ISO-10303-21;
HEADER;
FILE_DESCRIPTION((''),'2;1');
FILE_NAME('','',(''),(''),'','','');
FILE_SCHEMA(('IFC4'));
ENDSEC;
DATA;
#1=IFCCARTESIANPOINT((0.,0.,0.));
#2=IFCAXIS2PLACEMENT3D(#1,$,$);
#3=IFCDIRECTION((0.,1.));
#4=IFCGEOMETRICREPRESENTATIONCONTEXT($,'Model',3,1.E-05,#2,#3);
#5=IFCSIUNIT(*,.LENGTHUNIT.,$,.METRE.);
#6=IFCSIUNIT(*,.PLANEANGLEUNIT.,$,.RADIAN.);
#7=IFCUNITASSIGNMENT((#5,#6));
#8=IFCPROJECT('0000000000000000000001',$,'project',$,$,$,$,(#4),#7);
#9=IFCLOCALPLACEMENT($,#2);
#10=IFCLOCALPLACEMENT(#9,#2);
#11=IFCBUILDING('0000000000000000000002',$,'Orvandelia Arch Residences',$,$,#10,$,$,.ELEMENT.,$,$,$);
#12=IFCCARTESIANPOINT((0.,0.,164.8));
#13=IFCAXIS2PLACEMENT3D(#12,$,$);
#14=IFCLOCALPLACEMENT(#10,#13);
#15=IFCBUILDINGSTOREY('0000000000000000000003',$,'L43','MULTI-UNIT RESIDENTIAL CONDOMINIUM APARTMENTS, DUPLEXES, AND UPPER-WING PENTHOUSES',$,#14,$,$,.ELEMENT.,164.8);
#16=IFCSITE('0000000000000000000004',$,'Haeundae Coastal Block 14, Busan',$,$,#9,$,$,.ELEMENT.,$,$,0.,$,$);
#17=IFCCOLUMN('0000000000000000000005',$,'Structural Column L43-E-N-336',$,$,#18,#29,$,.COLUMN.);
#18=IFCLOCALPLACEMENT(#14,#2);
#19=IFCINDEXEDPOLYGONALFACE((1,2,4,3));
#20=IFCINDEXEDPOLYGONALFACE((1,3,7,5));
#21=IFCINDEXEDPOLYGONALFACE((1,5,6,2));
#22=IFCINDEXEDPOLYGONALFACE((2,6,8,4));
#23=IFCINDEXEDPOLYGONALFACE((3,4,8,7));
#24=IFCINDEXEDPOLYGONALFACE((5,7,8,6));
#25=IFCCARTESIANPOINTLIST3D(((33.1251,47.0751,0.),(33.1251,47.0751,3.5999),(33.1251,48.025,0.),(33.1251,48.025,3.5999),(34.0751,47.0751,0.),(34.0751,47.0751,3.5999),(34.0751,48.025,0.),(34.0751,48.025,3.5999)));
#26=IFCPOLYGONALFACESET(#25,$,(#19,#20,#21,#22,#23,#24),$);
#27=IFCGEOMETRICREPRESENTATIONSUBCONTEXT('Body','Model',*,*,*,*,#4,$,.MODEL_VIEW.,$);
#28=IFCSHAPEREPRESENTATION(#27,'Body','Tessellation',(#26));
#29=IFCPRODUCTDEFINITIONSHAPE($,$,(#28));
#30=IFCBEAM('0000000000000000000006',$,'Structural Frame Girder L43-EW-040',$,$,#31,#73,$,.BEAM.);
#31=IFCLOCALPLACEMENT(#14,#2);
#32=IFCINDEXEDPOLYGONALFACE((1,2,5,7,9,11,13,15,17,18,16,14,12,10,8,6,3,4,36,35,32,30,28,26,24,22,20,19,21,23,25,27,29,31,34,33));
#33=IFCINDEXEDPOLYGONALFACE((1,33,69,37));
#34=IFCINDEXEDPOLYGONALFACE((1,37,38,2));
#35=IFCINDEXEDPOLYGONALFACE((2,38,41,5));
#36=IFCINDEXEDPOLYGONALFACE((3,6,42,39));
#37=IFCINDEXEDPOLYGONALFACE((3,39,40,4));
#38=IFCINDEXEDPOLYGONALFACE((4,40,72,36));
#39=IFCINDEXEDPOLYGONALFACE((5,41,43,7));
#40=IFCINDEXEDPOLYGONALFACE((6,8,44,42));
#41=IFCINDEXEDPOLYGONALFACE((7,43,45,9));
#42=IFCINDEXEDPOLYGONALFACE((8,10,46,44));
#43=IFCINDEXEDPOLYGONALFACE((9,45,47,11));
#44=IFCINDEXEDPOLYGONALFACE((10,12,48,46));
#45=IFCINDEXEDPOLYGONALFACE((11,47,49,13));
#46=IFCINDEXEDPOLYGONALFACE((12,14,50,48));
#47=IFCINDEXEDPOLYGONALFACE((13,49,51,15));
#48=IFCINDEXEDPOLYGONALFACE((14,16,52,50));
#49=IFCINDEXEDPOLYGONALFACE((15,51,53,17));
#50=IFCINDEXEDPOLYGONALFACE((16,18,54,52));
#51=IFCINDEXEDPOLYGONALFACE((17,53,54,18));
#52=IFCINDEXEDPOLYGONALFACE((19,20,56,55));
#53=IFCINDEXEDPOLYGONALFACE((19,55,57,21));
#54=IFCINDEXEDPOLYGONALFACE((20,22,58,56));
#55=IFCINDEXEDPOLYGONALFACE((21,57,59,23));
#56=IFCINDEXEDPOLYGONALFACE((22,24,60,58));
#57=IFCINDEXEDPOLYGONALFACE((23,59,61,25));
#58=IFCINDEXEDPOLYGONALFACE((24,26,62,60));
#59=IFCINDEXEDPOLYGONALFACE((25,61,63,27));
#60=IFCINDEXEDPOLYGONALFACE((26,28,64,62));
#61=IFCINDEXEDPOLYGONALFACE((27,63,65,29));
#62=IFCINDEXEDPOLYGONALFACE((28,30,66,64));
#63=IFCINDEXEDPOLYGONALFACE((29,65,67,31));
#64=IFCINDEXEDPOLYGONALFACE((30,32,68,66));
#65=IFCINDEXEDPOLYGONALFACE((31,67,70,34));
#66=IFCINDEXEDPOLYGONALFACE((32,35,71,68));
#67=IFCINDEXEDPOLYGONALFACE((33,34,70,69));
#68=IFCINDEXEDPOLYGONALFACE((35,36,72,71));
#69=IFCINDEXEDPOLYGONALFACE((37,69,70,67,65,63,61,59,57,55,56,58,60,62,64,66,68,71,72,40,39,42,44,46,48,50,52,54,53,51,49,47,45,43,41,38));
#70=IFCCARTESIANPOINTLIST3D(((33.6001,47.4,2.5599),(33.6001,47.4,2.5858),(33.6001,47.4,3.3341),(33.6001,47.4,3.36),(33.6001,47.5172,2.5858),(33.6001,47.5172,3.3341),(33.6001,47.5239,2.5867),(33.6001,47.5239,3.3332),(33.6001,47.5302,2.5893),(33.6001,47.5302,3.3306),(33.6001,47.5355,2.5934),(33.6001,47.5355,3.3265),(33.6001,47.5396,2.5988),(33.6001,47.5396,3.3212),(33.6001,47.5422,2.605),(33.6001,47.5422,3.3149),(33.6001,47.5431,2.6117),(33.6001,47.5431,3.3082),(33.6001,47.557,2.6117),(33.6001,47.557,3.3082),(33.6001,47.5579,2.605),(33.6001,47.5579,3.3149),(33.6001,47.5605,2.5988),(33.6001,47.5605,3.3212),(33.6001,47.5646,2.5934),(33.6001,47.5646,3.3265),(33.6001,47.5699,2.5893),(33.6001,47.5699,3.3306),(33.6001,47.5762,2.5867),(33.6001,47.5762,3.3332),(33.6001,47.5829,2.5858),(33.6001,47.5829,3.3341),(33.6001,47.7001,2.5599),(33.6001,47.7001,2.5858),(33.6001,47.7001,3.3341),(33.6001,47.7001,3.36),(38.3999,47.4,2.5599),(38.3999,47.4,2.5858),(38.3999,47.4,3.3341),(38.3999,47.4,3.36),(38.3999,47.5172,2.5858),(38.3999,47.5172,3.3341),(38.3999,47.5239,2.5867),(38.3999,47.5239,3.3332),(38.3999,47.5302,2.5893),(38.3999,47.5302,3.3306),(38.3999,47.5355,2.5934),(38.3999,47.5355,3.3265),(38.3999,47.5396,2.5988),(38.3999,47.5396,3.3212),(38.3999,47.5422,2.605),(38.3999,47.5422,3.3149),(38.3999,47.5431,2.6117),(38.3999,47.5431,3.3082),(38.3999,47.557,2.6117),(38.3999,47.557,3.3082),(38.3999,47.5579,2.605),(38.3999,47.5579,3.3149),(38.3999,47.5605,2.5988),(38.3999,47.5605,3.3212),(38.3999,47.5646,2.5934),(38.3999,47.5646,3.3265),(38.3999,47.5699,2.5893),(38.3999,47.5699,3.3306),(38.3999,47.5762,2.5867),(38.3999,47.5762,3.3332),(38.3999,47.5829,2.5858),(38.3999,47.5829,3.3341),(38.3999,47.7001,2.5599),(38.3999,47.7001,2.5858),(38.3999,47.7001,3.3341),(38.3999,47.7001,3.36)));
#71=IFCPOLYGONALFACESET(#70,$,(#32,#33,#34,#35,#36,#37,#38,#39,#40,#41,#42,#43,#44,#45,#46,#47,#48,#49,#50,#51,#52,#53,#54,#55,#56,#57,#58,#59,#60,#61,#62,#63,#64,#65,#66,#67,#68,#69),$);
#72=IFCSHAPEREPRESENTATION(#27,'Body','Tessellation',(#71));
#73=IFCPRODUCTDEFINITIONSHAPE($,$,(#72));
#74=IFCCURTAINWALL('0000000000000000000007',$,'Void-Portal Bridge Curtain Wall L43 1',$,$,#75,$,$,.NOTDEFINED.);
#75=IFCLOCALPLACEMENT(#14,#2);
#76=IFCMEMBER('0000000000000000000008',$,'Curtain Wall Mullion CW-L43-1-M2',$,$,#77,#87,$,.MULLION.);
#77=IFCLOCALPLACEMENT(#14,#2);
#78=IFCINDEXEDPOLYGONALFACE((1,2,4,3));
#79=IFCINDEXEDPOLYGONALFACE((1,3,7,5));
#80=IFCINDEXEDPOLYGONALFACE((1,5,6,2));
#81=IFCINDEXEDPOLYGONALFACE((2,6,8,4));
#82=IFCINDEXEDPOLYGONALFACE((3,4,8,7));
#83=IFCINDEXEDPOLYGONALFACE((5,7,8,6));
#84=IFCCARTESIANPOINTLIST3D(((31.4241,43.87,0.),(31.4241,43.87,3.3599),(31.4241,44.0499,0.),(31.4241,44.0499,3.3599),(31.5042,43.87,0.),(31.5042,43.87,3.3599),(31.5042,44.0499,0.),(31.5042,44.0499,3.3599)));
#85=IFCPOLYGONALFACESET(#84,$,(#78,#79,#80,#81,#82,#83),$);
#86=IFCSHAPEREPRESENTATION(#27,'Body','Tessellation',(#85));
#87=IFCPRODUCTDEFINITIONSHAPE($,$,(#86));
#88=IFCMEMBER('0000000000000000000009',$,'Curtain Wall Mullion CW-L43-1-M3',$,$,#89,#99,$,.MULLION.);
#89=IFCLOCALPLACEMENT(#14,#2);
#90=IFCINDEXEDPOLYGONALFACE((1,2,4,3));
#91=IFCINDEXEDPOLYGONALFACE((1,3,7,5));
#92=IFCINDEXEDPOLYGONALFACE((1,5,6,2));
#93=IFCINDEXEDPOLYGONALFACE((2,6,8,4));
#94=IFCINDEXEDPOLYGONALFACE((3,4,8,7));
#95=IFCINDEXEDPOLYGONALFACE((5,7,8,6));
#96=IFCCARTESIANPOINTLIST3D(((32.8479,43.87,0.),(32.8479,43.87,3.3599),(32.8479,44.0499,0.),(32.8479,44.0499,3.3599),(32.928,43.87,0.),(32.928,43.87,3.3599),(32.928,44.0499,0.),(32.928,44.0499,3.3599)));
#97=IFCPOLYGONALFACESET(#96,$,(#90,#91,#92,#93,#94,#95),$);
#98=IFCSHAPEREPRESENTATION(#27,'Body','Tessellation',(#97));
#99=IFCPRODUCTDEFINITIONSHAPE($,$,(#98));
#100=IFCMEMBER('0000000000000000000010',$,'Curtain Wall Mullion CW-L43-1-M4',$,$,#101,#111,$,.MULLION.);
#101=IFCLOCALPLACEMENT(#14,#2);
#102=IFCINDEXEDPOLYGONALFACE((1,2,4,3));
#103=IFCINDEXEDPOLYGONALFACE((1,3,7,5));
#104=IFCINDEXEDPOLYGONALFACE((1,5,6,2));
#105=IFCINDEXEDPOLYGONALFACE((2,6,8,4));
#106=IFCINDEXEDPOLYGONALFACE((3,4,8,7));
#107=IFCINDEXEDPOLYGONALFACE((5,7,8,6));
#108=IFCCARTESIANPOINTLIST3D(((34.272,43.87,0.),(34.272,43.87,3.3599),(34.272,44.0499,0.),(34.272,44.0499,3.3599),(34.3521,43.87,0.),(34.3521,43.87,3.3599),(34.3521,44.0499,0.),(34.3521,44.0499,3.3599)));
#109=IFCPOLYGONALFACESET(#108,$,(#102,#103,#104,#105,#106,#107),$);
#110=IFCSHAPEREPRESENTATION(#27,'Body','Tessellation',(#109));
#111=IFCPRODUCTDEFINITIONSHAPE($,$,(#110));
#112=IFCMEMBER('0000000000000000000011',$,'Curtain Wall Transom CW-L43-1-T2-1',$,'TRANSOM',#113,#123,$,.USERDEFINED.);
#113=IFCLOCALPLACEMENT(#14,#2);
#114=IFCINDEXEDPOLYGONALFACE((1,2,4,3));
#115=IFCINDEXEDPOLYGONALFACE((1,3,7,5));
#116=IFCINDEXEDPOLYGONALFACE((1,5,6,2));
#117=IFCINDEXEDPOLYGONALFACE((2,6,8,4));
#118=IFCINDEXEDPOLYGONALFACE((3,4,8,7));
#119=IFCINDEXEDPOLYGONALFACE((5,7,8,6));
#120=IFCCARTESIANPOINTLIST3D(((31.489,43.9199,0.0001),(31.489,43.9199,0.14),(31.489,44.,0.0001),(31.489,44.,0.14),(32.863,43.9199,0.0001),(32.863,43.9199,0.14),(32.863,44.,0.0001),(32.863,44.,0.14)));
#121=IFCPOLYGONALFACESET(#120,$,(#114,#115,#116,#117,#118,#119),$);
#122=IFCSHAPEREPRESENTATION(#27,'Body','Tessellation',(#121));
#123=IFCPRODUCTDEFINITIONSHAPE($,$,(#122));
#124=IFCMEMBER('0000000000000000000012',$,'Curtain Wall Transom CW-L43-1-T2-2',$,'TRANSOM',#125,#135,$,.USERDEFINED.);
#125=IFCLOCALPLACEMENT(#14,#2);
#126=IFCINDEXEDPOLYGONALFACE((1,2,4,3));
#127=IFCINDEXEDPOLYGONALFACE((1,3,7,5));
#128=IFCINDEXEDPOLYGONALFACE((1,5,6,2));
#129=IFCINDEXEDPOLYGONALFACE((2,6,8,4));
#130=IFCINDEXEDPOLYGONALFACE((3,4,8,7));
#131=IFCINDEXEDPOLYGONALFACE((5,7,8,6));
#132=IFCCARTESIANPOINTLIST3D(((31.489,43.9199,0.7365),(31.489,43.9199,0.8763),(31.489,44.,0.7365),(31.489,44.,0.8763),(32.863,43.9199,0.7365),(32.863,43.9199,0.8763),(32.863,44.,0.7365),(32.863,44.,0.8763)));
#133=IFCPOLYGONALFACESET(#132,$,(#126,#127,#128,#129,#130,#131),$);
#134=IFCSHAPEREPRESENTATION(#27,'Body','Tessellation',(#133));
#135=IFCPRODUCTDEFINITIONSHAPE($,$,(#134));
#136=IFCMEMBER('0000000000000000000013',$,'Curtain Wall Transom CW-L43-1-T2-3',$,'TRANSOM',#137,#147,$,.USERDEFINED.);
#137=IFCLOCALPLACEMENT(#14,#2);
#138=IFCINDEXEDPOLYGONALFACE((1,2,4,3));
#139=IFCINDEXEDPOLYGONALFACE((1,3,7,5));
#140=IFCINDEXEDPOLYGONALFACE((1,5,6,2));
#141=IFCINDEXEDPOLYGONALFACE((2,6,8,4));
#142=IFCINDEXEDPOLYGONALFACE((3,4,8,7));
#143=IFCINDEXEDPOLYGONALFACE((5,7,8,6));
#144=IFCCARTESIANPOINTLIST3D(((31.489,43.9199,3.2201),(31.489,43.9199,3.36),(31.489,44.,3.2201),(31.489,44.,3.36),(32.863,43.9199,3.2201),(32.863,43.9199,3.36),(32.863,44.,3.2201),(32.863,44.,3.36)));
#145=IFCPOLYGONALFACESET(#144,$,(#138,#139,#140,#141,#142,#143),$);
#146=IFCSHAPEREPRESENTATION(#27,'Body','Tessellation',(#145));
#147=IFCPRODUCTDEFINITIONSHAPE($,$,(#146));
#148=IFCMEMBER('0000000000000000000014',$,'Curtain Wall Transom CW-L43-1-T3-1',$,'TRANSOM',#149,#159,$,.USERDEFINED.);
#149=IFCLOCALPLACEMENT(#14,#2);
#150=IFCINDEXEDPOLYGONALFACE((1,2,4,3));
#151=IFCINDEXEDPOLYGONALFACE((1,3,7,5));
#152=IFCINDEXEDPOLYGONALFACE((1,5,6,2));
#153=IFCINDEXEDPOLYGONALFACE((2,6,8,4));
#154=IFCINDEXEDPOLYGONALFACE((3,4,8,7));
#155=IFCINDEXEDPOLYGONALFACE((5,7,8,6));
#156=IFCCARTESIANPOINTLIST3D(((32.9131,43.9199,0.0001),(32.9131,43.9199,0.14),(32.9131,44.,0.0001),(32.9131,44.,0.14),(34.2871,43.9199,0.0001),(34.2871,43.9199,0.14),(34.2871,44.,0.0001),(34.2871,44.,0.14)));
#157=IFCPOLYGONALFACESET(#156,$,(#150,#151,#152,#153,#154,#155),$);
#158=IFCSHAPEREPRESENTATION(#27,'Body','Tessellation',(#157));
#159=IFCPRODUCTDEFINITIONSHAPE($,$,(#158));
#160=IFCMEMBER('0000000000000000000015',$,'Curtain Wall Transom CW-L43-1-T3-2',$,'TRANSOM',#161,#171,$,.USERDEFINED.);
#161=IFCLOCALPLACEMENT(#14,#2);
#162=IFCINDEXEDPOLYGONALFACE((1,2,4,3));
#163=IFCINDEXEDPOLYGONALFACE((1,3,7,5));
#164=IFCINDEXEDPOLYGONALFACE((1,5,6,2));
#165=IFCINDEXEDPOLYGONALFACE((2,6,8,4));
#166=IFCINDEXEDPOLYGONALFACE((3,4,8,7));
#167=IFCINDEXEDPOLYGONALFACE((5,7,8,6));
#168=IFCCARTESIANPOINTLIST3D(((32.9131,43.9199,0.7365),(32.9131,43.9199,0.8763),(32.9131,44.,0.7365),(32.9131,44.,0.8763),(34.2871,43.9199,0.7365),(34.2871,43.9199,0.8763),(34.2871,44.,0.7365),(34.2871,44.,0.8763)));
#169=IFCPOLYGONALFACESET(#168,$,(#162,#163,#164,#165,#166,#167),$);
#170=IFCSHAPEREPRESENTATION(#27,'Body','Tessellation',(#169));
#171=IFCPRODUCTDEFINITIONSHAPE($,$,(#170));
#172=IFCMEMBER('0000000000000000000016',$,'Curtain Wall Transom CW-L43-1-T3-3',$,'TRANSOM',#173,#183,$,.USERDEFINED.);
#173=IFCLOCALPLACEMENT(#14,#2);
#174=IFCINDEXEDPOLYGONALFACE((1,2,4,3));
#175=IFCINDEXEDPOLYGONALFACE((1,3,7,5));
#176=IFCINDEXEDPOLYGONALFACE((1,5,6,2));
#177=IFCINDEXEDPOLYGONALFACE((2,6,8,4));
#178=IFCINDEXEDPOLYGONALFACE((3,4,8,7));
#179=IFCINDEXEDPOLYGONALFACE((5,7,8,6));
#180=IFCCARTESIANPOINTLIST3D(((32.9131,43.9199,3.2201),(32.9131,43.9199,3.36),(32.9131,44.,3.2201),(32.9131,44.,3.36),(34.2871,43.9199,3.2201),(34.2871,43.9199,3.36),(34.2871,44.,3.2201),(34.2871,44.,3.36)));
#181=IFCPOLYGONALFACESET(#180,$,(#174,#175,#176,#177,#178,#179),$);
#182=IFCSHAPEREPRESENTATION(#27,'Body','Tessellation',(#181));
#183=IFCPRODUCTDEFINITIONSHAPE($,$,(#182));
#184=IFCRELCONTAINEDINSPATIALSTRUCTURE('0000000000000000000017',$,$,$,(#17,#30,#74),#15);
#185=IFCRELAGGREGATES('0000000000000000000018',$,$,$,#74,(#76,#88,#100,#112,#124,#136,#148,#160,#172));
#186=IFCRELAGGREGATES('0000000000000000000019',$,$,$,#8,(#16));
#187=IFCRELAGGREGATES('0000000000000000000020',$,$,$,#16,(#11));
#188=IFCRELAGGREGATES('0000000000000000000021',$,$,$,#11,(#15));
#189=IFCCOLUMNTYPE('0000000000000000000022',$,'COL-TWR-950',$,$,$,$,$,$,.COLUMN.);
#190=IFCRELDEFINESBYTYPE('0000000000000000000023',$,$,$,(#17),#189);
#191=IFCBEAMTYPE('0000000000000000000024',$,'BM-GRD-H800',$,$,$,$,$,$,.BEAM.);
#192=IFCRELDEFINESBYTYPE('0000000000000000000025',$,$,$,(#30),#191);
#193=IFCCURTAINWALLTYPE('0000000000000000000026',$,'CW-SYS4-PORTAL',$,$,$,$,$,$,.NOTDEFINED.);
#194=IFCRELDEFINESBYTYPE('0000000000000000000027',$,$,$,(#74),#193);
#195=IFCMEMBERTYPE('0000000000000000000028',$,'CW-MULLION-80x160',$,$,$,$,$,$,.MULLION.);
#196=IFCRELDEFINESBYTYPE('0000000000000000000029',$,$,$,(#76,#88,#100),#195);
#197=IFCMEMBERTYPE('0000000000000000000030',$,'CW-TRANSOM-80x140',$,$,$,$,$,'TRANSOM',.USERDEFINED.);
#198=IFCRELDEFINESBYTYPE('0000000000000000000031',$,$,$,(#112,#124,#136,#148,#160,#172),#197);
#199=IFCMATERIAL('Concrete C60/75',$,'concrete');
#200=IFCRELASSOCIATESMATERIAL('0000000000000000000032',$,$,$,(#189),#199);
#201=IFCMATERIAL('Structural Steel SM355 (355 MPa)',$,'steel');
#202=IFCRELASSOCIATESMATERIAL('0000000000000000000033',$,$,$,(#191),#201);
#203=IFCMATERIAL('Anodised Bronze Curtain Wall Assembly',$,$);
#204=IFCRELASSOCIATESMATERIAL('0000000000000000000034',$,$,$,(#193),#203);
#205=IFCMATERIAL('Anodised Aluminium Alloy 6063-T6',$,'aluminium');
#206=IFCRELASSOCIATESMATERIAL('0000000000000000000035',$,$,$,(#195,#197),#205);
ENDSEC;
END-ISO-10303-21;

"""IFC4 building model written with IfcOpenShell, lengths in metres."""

from ifc_helpers import new_model, si_unit, direction, frame, origin, origin_2d, place, context, subcontext, project, spatial, rectangle, i_section, extrude, material, material_profile, profile_set, type_object, element, aggregate, save


model = new_model("IFC4")

# Units and contexts
model_context = context("Model", 3, precision=1e-05, world=origin(), true_north=direction((0.0, 1.0)))
body_context = subcontext(model_context, "Body", "Model", "MODEL_VIEW")
ifc_project = project(units=[si_unit("LENGTHUNIT", "METRE"), si_unit("PLANEANGLEUNIT", "RADIAN")], contexts=[model_context])

# Site, building, storey
site_placement = place(None, origin())
site = spatial("IfcSite", under=ifc_project, at=site_placement, Name="Haeundae Coastal Block 14, Busan", CompositionType="ELEMENT", RefElevation=0.0)
building_placement = place(site_placement, origin())
building = spatial("IfcBuilding", under=site, at=building_placement, Name="Orvandelia Arch Residences", CompositionType="ELEMENT")
storey_placement = place(building_placement, frame((0.0, 0.0, 164.8)))
storey = spatial("IfcBuildingStorey", under=building, at=storey_placement, Name="L43", Description="MULTI-UNIT RESIDENTIAL CONDOMINIUM APARTMENTS, DUPLEXES, AND UPPER-WING PENTHOUSES", CompositionType="ELEMENT", Elevation=164.8)

# Column
ifc_material_1 = material(Name="Concrete C60/75", Category="concrete")
ifc_material_profile_1 = material_profile(ifc_material_1, rectangle(XDim=0.95, YDim=0.95, at=origin_2d()), Name="Concrete C60/75", Category="concrete")
ifc_profile_set_1 = profile_set([ifc_material_profile_1], Name="Concrete C60/75")
column_type = type_object("IfcColumnType", Name="COL-TWR-950", PredefinedType="COLUMN", material=ifc_profile_set_1)
column_placement = place(storey_placement, frame((33.6001, 47.55, 0.0), z_axis=(0.0, 0.0, 1.0), x_axis=(1.0, 0.0, 0.0)))
element("IfcColumn", 1, at=column_placement, inside=storey, type_object=column_type, Name="Structural Column L43-E-N-336", PredefinedType="COLUMN", context=body_context, shape_type="SweptSolid", body=[
    extrude(rectangle(XDim=0.95, YDim=0.95, at=origin_2d()), origin(), (0.0, 0.0, 1.0), 3.5999),
])

# Beam
ifc_material_2 = material(Name="Structural Steel SM355 (355 MPa)", Category="steel")
ifc_material_profile_2 = material_profile(ifc_material_2, i_section(OverallWidth=0.3, OverallDepth=0.8, WebThickness=0.0139, FlangeThickness=0.0259, FilletRadius=0.0259, at=origin_2d()), Name="Structural Steel SM355 (355 MPa)", Category="steel")
ifc_profile_set_2 = profile_set([ifc_material_profile_2], Name="Structural Steel SM355 (355 MPa)")
beam_type = type_object("IfcBeamType", Name="BM-GRD-H800", PredefinedType="BEAM", material=ifc_profile_set_2)
beam_placement = place(storey_placement, frame((33.6001, 47.55, 2.96), z_axis=(1.0, 0.0, 0.0), x_axis=(0.0, 1.0, 0.0)))
element("IfcBeam", 2, at=beam_placement, inside=storey, type_object=beam_type, Name="Structural Frame Girder L43-EW-040", PredefinedType="BEAM", context=body_context, shape_type="SweptSolid", body=[
    extrude(i_section(OverallWidth=0.3, OverallDepth=0.8, WebThickness=0.0139, FlangeThickness=0.0259, FilletRadius=0.0259, at=origin_2d()), origin(), (0.0, 0.0, 1.0), 4.7998),
])

# Curtain wall, members
ifc_material_3 = material(Name="Anodised Bronze Curtain Wall Assembly")
curtain_wall_type = type_object("IfcCurtainWallType", Name="CW-SYS4-PORTAL", PredefinedType="NOTDEFINED", material=ifc_material_3)
curtain_wall_placement = place(storey_placement, origin())
curtain_wall = element("IfcCurtainWall", 3, at=curtain_wall_placement, inside=storey, type_object=curtain_wall_type, Name="Void-Portal Bridge Curtain Wall L43 1", PredefinedType="NOTDEFINED")
ifc_material_4 = material(Name="Anodised Aluminium Alloy 6063-T6", Category="aluminium")
ifc_material_profile_3 = material_profile(ifc_material_4, rectangle(XDim=0.0801, YDim=0.1799, at=origin_2d()), Name="Anodised Aluminium Alloy 6063-T6", Category="aluminium")
ifc_profile_set_3 = profile_set([ifc_material_profile_3], Name="Anodised Aluminium Alloy 6063-T6")
member_type_1 = type_object("IfcMemberType", Name="CW-MULLION-80x160", PredefinedType="MULLION", material=ifc_profile_set_3)
member_1_placement = place(storey_placement, frame((31.4641, 43.96, 0.0), z_axis=(0.0, 0.0, 1.0), x_axis=(1.0, 0.0, 0.0)))
member_1 = element("IfcMember", 4, at=member_1_placement, type_object=member_type_1, Name="Curtain Wall Mullion CW-L43-1-M2", PredefinedType="MULLION", context=body_context, shape_type="SweptSolid", body=[
    extrude(rectangle(XDim=0.0801, YDim=0.1799, at=origin_2d()), origin(), (0.0, 0.0, 1.0), 3.3599),
])
member_2_placement = place(storey_placement, frame((32.8879, 43.96, 0.0), z_axis=(0.0, 0.0, 1.0), x_axis=(1.0, 0.0, 0.0)))
member_2 = element("IfcMember", 5, at=member_2_placement, type_object=member_type_1, Name="Curtain Wall Mullion CW-L43-1-M3", PredefinedType="MULLION", context=body_context, shape_type="SweptSolid", body=[
    extrude(rectangle(XDim=0.0801, YDim=0.1799, at=origin_2d()), origin(), (0.0, 0.0, 1.0), 3.3599),
])
member_3_placement = place(storey_placement, frame((34.312, 43.96, 0.0), z_axis=(0.0, 0.0, 1.0), x_axis=(1.0, 0.0, 0.0)))
member_3 = element("IfcMember", 6, at=member_3_placement, type_object=member_type_1, Name="Curtain Wall Mullion CW-L43-1-M4", PredefinedType="MULLION", context=body_context, shape_type="SweptSolid", body=[
    extrude(rectangle(XDim=0.0801, YDim=0.1799, at=origin_2d()), origin(), (0.0, 0.0, 1.0), 3.3599),
])
ifc_material_profile_4 = material_profile(ifc_material_4, rectangle(XDim=0.0801, YDim=0.1399, at=origin_2d()), Name="Anodised Aluminium Alloy 6063-T6", Category="aluminium")
ifc_profile_set_4 = profile_set([ifc_material_profile_4], Name="Anodised Aluminium Alloy 6063-T6")
member_type_2 = type_object("IfcMemberType", Name="CW-TRANSOM-80x140", ElementType="TRANSOM", PredefinedType="USERDEFINED", material=ifc_profile_set_4)
member_4_placement = place(storey_placement, frame((31.489, 43.96, 0.0701), z_axis=(1.0, 0.0, 0.0), x_axis=(0.0, 1.0, 0.0)))
member_4 = element("IfcMember", 7, at=member_4_placement, type_object=member_type_2, Name="Curtain Wall Transom CW-L43-1-T2-1", ObjectType="TRANSOM", PredefinedType="USERDEFINED", context=body_context, shape_type="SweptSolid", body=[
    extrude(rectangle(XDim=0.0801, YDim=0.1399, at=origin_2d()), origin(), (0.0, 0.0, 1.0), 1.374),
])
member_5_placement = place(storey_placement, frame((31.489, 43.96, 0.8064), z_axis=(1.0, 0.0, 0.0), x_axis=(0.0, 1.0, 0.0)))
member_5 = element("IfcMember", 8, at=member_5_placement, type_object=member_type_2, Name="Curtain Wall Transom CW-L43-1-T2-2", ObjectType="TRANSOM", PredefinedType="USERDEFINED", context=body_context, shape_type="SweptSolid", body=[
    extrude(rectangle(XDim=0.0801, YDim=0.1399, at=origin_2d()), origin(), (0.0, 0.0, 1.0), 1.374),
])
member_6_placement = place(storey_placement, frame((31.489, 43.96, 3.29), z_axis=(1.0, 0.0, 0.0), x_axis=(0.0, 1.0, 0.0)))
member_6 = element("IfcMember", 9, at=member_6_placement, type_object=member_type_2, Name="Curtain Wall Transom CW-L43-1-T2-3", ObjectType="TRANSOM", PredefinedType="USERDEFINED", context=body_context, shape_type="SweptSolid", body=[
    extrude(rectangle(XDim=0.0801, YDim=0.1399, at=origin_2d()), origin(), (0.0, 0.0, 1.0), 1.374),
])
member_7_placement = place(storey_placement, frame((32.9131, 43.96, 0.0701), z_axis=(1.0, 0.0, 0.0), x_axis=(0.0, 1.0, 0.0)))
member_7 = element("IfcMember", 10, at=member_7_placement, type_object=member_type_2, Name="Curtain Wall Transom CW-L43-1-T3-1", ObjectType="TRANSOM", PredefinedType="USERDEFINED", context=body_context, shape_type="SweptSolid", body=[
    extrude(rectangle(XDim=0.0801, YDim=0.1399, at=origin_2d()), origin(), (0.0, 0.0, 1.0), 1.374),
])
member_8_placement = place(storey_placement, frame((32.9131, 43.96, 0.8064), z_axis=(1.0, 0.0, 0.0), x_axis=(0.0, 1.0, 0.0)))
member_8 = element("IfcMember", 11, at=member_8_placement, type_object=member_type_2, Name="Curtain Wall Transom CW-L43-1-T3-2", ObjectType="TRANSOM", PredefinedType="USERDEFINED", context=body_context, shape_type="SweptSolid", body=[
    extrude(rectangle(XDim=0.0801, YDim=0.1399, at=origin_2d()), origin(), (0.0, 0.0, 1.0), 1.374),
])
member_9_placement = place(storey_placement, frame((32.9131, 43.96, 3.29), z_axis=(1.0, 0.0, 0.0), x_axis=(0.0, 1.0, 0.0)))
member_9 = element("IfcMember", 12, at=member_9_placement, type_object=member_type_2, Name="Curtain Wall Transom CW-L43-1-T3-3", ObjectType="TRANSOM", PredefinedType="USERDEFINED", context=body_context, shape_type="SweptSolid", body=[
    extrude(rectangle(XDim=0.0801, YDim=0.1399, at=origin_2d()), origin(), (0.0, 0.0, 1.0), 1.374),
])
aggregate(curtain_wall, [member_1, member_2, member_3, member_4, member_5, member_6, member_7, member_8, member_9])

save(model, "model.ifc")
